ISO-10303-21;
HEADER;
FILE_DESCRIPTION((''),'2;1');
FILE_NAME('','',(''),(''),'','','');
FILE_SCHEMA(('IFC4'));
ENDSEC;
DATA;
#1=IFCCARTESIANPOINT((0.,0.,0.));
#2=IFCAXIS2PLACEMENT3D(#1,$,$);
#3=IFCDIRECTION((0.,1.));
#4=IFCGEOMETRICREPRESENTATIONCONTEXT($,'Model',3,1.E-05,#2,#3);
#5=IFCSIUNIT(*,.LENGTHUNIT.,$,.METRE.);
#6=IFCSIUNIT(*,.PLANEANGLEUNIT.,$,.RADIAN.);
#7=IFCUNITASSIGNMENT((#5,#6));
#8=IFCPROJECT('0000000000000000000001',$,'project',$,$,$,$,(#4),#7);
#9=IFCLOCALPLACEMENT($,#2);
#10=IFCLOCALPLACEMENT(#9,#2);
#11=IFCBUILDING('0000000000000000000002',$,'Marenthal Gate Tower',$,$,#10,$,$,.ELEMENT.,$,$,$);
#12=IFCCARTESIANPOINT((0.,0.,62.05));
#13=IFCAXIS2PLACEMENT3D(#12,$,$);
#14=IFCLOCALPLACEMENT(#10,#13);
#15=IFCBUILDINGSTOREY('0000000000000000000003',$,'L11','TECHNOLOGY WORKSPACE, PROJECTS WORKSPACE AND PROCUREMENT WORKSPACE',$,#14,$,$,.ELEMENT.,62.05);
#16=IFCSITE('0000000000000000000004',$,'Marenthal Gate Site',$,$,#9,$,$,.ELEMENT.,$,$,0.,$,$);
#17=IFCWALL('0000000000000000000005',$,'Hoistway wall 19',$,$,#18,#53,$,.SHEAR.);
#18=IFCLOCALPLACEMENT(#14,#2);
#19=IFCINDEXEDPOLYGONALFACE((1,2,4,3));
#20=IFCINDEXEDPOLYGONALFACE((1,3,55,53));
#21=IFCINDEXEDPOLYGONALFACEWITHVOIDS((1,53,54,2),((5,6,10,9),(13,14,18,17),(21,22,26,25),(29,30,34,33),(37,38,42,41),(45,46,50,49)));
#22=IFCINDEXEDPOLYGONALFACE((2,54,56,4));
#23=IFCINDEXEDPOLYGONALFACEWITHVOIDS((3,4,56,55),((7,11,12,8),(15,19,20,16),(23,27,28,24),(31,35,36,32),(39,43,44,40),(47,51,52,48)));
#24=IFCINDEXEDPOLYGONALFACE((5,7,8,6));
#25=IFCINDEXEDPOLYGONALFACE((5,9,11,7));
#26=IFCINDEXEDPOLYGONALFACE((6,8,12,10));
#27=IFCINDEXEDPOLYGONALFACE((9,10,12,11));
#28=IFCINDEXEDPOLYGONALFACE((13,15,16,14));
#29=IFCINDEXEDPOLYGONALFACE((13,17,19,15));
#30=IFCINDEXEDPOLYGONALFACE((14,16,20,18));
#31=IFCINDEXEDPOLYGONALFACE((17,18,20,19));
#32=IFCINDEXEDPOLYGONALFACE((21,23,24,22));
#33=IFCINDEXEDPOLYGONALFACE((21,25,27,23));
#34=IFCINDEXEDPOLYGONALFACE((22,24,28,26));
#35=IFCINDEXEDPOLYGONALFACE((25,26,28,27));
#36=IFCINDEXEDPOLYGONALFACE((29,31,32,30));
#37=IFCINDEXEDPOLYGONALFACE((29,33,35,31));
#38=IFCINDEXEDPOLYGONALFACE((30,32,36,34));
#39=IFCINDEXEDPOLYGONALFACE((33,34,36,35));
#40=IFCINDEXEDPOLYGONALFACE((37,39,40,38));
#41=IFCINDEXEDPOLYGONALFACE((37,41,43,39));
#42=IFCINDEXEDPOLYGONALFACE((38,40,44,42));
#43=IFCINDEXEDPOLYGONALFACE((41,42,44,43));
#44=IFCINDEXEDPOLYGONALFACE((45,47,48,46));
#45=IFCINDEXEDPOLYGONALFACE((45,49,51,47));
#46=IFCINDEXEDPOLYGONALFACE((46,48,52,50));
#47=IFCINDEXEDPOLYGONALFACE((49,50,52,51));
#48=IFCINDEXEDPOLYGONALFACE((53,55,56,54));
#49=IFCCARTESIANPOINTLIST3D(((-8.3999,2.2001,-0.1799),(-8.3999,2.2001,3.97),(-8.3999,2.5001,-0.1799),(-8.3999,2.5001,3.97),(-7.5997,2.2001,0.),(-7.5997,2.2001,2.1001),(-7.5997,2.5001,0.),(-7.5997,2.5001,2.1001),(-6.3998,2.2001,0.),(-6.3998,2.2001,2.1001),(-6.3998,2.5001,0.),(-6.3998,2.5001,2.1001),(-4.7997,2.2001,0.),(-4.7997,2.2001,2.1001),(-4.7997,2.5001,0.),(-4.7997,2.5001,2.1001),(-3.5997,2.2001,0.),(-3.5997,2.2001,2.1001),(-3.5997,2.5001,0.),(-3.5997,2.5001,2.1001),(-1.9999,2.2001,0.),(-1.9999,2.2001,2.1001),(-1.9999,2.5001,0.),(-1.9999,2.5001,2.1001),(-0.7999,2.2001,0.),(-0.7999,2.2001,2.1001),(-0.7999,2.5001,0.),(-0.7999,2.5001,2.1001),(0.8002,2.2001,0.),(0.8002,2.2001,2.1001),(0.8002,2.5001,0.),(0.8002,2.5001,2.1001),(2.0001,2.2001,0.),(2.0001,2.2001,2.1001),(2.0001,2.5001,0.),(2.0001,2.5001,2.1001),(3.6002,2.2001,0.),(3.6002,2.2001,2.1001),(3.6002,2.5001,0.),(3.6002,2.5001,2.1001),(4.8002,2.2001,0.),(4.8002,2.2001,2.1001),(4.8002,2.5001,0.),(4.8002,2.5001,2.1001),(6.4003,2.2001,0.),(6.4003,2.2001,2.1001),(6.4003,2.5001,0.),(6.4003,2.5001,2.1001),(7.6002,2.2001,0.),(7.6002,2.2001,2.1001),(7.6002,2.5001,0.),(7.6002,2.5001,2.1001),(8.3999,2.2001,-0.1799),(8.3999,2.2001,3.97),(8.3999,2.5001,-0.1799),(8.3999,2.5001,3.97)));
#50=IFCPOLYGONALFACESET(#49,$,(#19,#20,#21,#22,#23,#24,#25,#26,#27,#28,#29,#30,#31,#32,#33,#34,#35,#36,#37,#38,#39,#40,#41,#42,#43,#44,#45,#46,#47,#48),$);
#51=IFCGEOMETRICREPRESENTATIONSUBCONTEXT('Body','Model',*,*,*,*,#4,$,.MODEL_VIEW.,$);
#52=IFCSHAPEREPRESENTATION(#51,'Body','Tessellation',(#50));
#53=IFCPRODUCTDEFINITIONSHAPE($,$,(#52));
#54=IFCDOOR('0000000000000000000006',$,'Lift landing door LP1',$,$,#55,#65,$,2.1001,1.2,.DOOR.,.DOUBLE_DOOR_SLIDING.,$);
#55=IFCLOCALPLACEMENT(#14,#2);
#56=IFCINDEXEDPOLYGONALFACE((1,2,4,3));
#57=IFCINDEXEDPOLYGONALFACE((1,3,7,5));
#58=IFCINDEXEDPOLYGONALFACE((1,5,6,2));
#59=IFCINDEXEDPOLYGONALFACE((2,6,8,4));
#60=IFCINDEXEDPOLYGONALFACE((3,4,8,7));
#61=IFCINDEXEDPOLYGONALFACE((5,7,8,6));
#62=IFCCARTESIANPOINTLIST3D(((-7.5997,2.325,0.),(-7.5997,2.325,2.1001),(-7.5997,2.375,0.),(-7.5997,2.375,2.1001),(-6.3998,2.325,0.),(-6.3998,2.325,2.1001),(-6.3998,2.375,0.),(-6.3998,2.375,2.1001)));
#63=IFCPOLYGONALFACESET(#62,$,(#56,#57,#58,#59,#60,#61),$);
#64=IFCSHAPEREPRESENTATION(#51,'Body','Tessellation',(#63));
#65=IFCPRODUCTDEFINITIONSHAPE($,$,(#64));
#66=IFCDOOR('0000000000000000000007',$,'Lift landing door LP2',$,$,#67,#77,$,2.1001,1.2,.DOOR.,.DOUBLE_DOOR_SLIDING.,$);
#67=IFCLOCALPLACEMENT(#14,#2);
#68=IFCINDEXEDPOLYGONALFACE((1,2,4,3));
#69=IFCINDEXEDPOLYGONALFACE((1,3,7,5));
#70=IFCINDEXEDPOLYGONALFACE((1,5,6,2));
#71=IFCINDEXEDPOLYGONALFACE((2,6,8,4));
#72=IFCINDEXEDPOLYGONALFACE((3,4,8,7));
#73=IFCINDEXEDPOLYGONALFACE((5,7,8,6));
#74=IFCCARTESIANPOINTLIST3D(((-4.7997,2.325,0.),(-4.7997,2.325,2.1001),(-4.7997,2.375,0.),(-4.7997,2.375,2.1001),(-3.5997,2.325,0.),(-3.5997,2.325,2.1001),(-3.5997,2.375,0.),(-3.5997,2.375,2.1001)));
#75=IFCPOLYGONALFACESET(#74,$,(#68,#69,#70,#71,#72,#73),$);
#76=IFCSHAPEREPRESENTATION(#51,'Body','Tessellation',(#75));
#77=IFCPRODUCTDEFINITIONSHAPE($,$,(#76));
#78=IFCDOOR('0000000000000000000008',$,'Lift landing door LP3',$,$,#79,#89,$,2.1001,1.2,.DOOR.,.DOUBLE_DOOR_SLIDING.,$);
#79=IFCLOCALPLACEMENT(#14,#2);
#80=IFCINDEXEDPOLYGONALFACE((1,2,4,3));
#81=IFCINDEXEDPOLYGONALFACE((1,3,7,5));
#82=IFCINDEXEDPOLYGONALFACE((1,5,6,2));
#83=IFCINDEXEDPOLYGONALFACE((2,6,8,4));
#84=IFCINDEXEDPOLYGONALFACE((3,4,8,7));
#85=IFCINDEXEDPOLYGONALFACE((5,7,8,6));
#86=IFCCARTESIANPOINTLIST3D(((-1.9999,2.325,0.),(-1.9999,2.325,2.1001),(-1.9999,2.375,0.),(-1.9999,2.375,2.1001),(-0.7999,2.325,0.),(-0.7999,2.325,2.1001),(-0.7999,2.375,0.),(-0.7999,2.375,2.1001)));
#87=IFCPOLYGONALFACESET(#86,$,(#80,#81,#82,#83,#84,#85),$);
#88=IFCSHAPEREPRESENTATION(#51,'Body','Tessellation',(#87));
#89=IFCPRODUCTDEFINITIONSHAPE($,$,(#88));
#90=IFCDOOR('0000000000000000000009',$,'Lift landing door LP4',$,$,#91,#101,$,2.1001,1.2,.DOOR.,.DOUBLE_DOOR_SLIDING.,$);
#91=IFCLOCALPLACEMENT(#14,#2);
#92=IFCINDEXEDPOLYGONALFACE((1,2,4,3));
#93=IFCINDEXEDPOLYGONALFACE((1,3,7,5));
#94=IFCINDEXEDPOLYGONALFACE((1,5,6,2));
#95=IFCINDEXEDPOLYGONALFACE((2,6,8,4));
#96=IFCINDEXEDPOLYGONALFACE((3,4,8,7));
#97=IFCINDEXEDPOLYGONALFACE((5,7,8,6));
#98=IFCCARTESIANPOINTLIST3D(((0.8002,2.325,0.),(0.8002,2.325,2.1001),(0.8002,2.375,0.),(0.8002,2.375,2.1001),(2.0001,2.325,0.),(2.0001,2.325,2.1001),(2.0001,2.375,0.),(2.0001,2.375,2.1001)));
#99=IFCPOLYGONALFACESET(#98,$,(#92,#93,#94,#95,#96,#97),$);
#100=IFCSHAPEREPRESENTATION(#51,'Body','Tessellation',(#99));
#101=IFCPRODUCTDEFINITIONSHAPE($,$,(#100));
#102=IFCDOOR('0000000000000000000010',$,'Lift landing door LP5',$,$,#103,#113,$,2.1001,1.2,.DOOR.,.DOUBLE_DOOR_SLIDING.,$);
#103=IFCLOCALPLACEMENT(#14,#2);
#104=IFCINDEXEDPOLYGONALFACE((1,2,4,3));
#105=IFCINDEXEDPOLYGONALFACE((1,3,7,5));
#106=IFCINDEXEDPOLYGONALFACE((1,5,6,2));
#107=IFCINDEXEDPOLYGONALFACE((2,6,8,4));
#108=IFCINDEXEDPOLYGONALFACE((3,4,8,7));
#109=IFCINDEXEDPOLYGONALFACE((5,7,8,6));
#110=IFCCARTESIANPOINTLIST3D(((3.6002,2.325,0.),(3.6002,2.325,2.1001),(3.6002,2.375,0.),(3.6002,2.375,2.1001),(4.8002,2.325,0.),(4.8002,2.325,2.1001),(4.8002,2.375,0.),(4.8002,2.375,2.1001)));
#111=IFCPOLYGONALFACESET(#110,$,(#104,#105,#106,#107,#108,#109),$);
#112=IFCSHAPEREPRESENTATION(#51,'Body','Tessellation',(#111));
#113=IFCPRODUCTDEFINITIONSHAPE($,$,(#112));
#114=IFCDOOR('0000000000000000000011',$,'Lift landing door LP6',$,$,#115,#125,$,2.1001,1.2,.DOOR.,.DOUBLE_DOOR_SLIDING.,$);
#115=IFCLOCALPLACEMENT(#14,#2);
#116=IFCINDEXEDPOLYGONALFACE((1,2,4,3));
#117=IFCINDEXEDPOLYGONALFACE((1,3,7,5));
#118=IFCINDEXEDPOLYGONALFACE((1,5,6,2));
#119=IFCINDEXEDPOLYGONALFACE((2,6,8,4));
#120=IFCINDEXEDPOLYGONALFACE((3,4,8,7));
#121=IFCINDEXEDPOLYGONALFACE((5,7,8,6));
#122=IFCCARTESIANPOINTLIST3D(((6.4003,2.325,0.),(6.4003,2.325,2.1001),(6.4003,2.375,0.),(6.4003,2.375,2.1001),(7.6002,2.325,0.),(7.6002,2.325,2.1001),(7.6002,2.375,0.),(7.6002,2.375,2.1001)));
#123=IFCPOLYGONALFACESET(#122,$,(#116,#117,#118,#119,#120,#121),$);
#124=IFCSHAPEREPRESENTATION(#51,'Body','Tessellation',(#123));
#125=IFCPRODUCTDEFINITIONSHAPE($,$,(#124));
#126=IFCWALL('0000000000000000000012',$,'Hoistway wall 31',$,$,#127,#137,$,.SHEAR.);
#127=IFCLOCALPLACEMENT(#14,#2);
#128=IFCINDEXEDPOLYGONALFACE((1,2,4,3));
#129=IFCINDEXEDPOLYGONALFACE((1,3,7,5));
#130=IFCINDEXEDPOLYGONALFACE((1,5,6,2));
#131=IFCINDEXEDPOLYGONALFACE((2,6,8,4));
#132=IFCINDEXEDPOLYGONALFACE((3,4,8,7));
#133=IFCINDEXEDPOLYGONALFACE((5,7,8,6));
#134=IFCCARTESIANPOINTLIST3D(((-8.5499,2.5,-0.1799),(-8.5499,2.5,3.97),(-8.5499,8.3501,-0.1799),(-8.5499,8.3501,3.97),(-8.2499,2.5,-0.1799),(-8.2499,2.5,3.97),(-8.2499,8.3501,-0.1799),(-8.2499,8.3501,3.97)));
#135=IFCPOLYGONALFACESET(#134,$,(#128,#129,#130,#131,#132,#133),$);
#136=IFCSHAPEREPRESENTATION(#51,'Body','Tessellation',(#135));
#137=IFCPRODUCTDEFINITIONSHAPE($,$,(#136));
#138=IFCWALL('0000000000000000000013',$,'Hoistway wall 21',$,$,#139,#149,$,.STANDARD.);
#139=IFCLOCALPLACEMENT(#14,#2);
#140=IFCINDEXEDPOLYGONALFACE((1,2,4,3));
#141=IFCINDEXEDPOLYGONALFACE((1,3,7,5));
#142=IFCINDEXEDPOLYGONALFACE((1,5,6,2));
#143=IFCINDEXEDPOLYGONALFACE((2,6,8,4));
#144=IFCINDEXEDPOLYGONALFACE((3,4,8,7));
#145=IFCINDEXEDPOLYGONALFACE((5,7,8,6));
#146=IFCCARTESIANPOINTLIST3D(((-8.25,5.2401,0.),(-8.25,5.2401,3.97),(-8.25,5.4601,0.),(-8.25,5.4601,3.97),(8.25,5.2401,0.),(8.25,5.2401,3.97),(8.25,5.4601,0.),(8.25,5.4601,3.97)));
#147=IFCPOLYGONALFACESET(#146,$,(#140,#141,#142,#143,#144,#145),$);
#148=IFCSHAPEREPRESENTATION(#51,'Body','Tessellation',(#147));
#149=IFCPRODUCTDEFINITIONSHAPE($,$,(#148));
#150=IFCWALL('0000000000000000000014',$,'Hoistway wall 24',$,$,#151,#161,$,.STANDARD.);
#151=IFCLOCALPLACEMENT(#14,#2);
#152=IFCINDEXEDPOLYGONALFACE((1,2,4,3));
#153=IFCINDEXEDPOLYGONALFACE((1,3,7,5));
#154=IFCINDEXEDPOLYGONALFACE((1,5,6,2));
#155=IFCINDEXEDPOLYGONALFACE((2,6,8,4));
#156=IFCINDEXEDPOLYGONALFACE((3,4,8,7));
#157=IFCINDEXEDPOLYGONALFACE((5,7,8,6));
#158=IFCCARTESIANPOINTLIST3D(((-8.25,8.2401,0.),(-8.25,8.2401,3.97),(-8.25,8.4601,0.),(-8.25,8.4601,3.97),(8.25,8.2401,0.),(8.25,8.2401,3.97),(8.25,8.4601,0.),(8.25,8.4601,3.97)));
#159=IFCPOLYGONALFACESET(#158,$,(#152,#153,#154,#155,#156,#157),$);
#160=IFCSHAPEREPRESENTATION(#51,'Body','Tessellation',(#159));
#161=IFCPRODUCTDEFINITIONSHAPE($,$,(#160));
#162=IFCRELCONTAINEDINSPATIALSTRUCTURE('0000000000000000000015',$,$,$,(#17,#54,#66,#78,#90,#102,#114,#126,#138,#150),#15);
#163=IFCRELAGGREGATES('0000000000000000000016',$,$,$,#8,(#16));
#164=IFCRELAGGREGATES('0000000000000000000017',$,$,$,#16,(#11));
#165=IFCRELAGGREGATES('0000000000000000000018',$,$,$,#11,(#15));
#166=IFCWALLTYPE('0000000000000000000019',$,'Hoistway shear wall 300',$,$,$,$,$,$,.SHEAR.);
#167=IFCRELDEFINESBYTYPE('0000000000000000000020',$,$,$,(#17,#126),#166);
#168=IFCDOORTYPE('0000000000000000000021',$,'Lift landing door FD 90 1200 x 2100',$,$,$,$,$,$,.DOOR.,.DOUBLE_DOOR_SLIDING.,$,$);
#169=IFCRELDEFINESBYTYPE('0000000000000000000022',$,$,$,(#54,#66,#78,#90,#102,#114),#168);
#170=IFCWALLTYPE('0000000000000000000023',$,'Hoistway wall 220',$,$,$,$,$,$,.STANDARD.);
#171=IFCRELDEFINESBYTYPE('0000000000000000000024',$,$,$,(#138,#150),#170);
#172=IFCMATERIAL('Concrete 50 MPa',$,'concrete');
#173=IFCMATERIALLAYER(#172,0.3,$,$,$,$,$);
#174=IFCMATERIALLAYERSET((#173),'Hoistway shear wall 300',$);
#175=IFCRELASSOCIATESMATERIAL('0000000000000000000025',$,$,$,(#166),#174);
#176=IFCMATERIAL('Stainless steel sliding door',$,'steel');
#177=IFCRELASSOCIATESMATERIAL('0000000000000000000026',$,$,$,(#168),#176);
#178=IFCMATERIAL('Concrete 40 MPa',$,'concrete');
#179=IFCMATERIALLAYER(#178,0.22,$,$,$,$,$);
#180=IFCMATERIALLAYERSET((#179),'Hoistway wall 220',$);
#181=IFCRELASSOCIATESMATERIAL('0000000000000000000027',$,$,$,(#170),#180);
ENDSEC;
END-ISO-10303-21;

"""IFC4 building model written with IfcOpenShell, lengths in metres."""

from ifc_helpers import new_model, si_unit, direction, frame, frame_2d, origin, place, context, subcontext, project, spatial, rectangle, extrude, material, layer, layer_set, type_object, element, fill, save


model = new_model("IFC4")

# Units and contexts
model_context = context("Model", 3, precision=1e-05, world=origin(), true_north=direction((0.0, 1.0)))
body_context = subcontext(model_context, "Body", "Model", "MODEL_VIEW")
ifc_project = project(units=[si_unit("LENGTHUNIT", "METRE"), si_unit("PLANEANGLEUNIT", "RADIAN")], contexts=[model_context])

# Site, building, storey
site_placement = place(None, origin())
site = spatial("IfcSite", under=ifc_project, at=site_placement, Name="Marenthal Gate Site", CompositionType="ELEMENT", RefElevation=0.0)
building_placement = place(site_placement, origin())
building = spatial("IfcBuilding", under=site, at=building_placement, Name="Marenthal Gate Tower", CompositionType="ELEMENT")
storey_placement = place(building_placement, frame((0.0, 0.0, 62.05)))
storey = spatial("IfcBuildingStorey", under=building, at=storey_placement, Name="L11", Description="TECHNOLOGY WORKSPACE, PROJECTS WORKSPACE AND PROCUREMENT WORKSPACE", CompositionType="ELEMENT", Elevation=62.05)

# Wall, openings, doors
ifc_material_1 = material(Name="Concrete 50 MPa", Category="concrete")
ifc_layer_1 = layer(ifc_material_1, 0.3)
ifc_layer_set_1 = layer_set([ifc_layer_1], Name="Hoistway shear wall 300")
wall_type_1 = type_object("IfcWallType", Name="Hoistway shear wall 300", PredefinedType="SHEAR", material=ifc_layer_set_1)
wall_1_placement = place(storey_placement, frame((-8.3999, 2.3501, -0.1799), z_axis=(0.0, 0.0, 1.0), x_axis=(1.0, 0.0, 0.0)))
wall_1 = element("IfcWall", 1, at=wall_1_placement, inside=storey, type_object=wall_type_1, Name="Hoistway wall 19", PredefinedType="SHEAR", context=body_context, shape_type="SweptSolid", body=[
    extrude(rectangle(XDim=16.7998, YDim=0.3, at=frame_2d((8.3999, 0.0))), origin(), (0.0, 0.0, 1.0), 4.1499),
])
opening_1_placement = place(wall_1_placement, frame((0.8, 0.0, 0.1799)))
opening_1 = element("IfcOpeningElement", 2, at=opening_1_placement, cuts=wall_1, PredefinedType="OPENING", context=body_context, shape_type="SweptSolid", body=[
    extrude(rectangle(XDim=1.2, YDim=2.1001, at=frame_2d((0.6001, 1.05))), frame((0.0, 0.1602, 0.0), z_axis=(0.0, -1.0, 0.0), x_axis=(1.0, 0.0, 0.0)), (0.0, 0.0, 1.0), 0.3201),
])
opening_2_placement = place(wall_1_placement, frame((3.6001, 0.0, 0.1799)))
opening_2 = element("IfcOpeningElement", 3, at=opening_2_placement, cuts=wall_1, PredefinedType="OPENING", context=body_context, shape_type="SweptSolid", body=[
    extrude(rectangle(XDim=1.2, YDim=2.1001, at=frame_2d((0.6001, 1.05))), frame((0.0, 0.1602, 0.0), z_axis=(0.0, -1.0, 0.0), x_axis=(1.0, 0.0, 0.0)), (0.0, 0.0, 1.0), 0.3201),
])
opening_3_placement = place(wall_1_placement, frame((6.3999, 0.0, 0.1799)))
opening_3 = element("IfcOpeningElement", 4, at=opening_3_placement, cuts=wall_1, PredefinedType="OPENING", context=body_context, shape_type="SweptSolid", body=[
    extrude(rectangle(XDim=1.2, YDim=2.1001, at=frame_2d((0.6001, 1.05))), frame((0.0, 0.1602, 0.0), z_axis=(0.0, -1.0, 0.0), x_axis=(1.0, 0.0, 0.0)), (0.0, 0.0, 1.0), 0.3201),
])
opening_4_placement = place(wall_1_placement, frame((9.2, 0.0, 0.1799)))
opening_4 = element("IfcOpeningElement", 5, at=opening_4_placement, cuts=wall_1, PredefinedType="OPENING", context=body_context, shape_type="SweptSolid", body=[
    extrude(rectangle(XDim=1.2, YDim=2.1001, at=frame_2d((0.6001, 1.05))), frame((0.0, 0.1602, 0.0), z_axis=(0.0, -1.0, 0.0), x_axis=(1.0, 0.0, 0.0)), (0.0, 0.0, 1.0), 0.3201),
])
opening_5_placement = place(wall_1_placement, frame((12.0, 0.0, 0.1799)))
opening_5 = element("IfcOpeningElement", 6, at=opening_5_placement, cuts=wall_1, PredefinedType="OPENING", context=body_context, shape_type="SweptSolid", body=[
    extrude(rectangle(XDim=1.2, YDim=2.1001, at=frame_2d((0.6001, 1.05))), frame((0.0, 0.1602, 0.0), z_axis=(0.0, -1.0, 0.0), x_axis=(1.0, 0.0, 0.0)), (0.0, 0.0, 1.0), 0.3201),
])
opening_6_placement = place(wall_1_placement, frame((14.8, 0.0, 0.1799)))
opening_6 = element("IfcOpeningElement", 7, at=opening_6_placement, cuts=wall_1, PredefinedType="OPENING", context=body_context, shape_type="SweptSolid", body=[
    extrude(rectangle(XDim=1.2, YDim=2.1001, at=frame_2d((0.6001, 1.05))), frame((0.0, 0.1602, 0.0), z_axis=(0.0, -1.0, 0.0), x_axis=(1.0, 0.0, 0.0)), (0.0, 0.0, 1.0), 0.3201),
])
ifc_material_2 = material(Name="Stainless steel sliding door", Category="steel")
door_type_1 = type_object("IfcDoorType", Name="Lift landing door FD 90 1200 x 2100", OperationType="DOUBLE_DOOR_SLIDING", PredefinedType="DOOR", material=ifc_material_2)
door_1_placement = place(opening_1_placement, origin())
door_1 = element("IfcDoor", 8, at=door_1_placement, inside=storey, type_object=door_type_1, Name="Lift landing door LP1", OperationType="DOUBLE_DOOR_SLIDING", OverallHeight=2.1001, OverallWidth=1.2, PredefinedType="DOOR", context=body_context, shape_type="SweptSolid", body=[
    extrude(rectangle(XDim=1.2, YDim=2.1001, at=frame_2d((0.6001, 1.05))), frame((0.0, 0.0249, 0.0), z_axis=(0.0, -1.0, 0.0), x_axis=(1.0, 0.0, 0.0)), (0.0, 0.0, 1.0), 0.05),
])
fill(opening_1, door_1)
door_2_placement = place(opening_2_placement, origin())
door_2 = element("IfcDoor", 9, at=door_2_placement, inside=storey, type_object=door_type_1, Name="Lift landing door LP2", OperationType="DOUBLE_DOOR_SLIDING", OverallHeight=2.1001, OverallWidth=1.2, PredefinedType="DOOR", context=body_context, shape_type="SweptSolid", body=[
    extrude(rectangle(XDim=1.2, YDim=2.1001, at=frame_2d((0.6001, 1.05))), frame((0.0, 0.0249, 0.0), z_axis=(0.0, -1.0, 0.0), x_axis=(1.0, 0.0, 0.0)), (0.0, 0.0, 1.0), 0.05),
])
fill(opening_2, door_2)
door_3_placement = place(opening_3_placement, origin())
door_3 = element("IfcDoor", 10, at=door_3_placement, inside=storey, type_object=door_type_1, Name="Lift landing door LP3", OperationType="DOUBLE_DOOR_SLIDING", OverallHeight=2.1001, OverallWidth=1.2, PredefinedType="DOOR", context=body_context, shape_type="SweptSolid", body=[
    extrude(rectangle(XDim=1.2, YDim=2.1001, at=frame_2d((0.6001, 1.05))), frame((0.0, 0.0249, 0.0), z_axis=(0.0, -1.0, 0.0), x_axis=(1.0, 0.0, 0.0)), (0.0, 0.0, 1.0), 0.05),
])
fill(opening_3, door_3)
door_4_placement = place(opening_4_placement, origin())
door_4 = element("IfcDoor", 11, at=door_4_placement, inside=storey, type_object=door_type_1, Name="Lift landing door LP4", OperationType="DOUBLE_DOOR_SLIDING", OverallHeight=2.1001, OverallWidth=1.2, PredefinedType="DOOR", context=body_context, shape_type="SweptSolid", body=[
    extrude(rectangle(XDim=1.2, YDim=2.1001, at=frame_2d((0.6001, 1.05))), frame((0.0, 0.0249, 0.0), z_axis=(0.0, -1.0, 0.0), x_axis=(1.0, 0.0, 0.0)), (0.0, 0.0, 1.0), 0.05),
])
fill(opening_4, door_4)
door_5_placement = place(opening_5_placement, origin())
door_5 = element("IfcDoor", 12, at=door_5_placement, inside=storey, type_object=door_type_1, Name="Lift landing door LP5", OperationType="DOUBLE_DOOR_SLIDING", OverallHeight=2.1001, OverallWidth=1.2, PredefinedType="DOOR", context=body_context, shape_type="SweptSolid", body=[
    extrude(rectangle(XDim=1.2, YDim=2.1001, at=frame_2d((0.6001, 1.05))), frame((0.0, 0.0249, 0.0), z_axis=(0.0, -1.0, 0.0), x_axis=(1.0, 0.0, 0.0)), (0.0, 0.0, 1.0), 0.05),
])
fill(opening_5, door_5)
door_6_placement = place(opening_6_placement, origin())
door_6 = element("IfcDoor", 13, at=door_6_placement, inside=storey, type_object=door_type_1, Name="Lift landing door LP6", OperationType="DOUBLE_DOOR_SLIDING", OverallHeight=2.1001, OverallWidth=1.2, PredefinedType="DOOR", context=body_context, shape_type="SweptSolid", body=[
    extrude(rectangle(XDim=1.2, YDim=2.1001, at=frame_2d((0.6001, 1.05))), frame((0.0, 0.0249, 0.0), z_axis=(0.0, -1.0, 0.0), x_axis=(1.0, 0.0, 0.0)), (0.0, 0.0, 1.0), 0.05),
])
fill(opening_6, door_6)

# Walls
wall_2_placement = place(storey_placement, frame((-8.3999, 2.5, -0.1799), z_axis=(0.0, 0.0, 1.0), x_axis=(0.0, 1.0, 0.0)))
element("IfcWall", 14, at=wall_2_placement, inside=storey, type_object=wall_type_1, Name="Hoistway wall 31", PredefinedType="SHEAR", context=body_context, shape_type="SweptSolid", body=[
    extrude(rectangle(XDim=5.8501, YDim=0.3, at=frame_2d((2.925, 0.0))), origin(), (0.0, 0.0, 1.0), 4.1499),
])
ifc_material_3 = material(Name="Concrete 40 MPa", Category="concrete")
ifc_layer_2 = layer(ifc_material_3, 0.22)
ifc_layer_set_2 = layer_set([ifc_layer_2], Name="Hoistway wall 220")
wall_type_2 = type_object("IfcWallType", Name="Hoistway wall 220", PredefinedType="STANDARD", material=ifc_layer_set_2)
for number, where, z_axis, x_axis, name in (
    (15, (-8.25, 5.3501, 0.0), (0.0, 0.0, 1.0), (1.0, 0.0, 0.0), "Hoistway wall 21"),
    (16, (-8.25, 8.3501, 0.0), (0.0, 0.0, 1.0), (1.0, 0.0, 0.0), "Hoistway wall 24"),
):
    element("IfcWall", number, at=place(storey_placement, frame(where, z_axis=z_axis, x_axis=x_axis)), inside=storey, type_object=wall_type_2, Name=name, PredefinedType="STANDARD", context=body_context, shape_type="SweptSolid", body=[
        extrude(rectangle(XDim=16.5, YDim=0.22, at=frame_2d((8.25, 0.0))), origin(), (0.0, 0.0, 1.0), 3.97),
    ])

save(model, "model.ifc")
